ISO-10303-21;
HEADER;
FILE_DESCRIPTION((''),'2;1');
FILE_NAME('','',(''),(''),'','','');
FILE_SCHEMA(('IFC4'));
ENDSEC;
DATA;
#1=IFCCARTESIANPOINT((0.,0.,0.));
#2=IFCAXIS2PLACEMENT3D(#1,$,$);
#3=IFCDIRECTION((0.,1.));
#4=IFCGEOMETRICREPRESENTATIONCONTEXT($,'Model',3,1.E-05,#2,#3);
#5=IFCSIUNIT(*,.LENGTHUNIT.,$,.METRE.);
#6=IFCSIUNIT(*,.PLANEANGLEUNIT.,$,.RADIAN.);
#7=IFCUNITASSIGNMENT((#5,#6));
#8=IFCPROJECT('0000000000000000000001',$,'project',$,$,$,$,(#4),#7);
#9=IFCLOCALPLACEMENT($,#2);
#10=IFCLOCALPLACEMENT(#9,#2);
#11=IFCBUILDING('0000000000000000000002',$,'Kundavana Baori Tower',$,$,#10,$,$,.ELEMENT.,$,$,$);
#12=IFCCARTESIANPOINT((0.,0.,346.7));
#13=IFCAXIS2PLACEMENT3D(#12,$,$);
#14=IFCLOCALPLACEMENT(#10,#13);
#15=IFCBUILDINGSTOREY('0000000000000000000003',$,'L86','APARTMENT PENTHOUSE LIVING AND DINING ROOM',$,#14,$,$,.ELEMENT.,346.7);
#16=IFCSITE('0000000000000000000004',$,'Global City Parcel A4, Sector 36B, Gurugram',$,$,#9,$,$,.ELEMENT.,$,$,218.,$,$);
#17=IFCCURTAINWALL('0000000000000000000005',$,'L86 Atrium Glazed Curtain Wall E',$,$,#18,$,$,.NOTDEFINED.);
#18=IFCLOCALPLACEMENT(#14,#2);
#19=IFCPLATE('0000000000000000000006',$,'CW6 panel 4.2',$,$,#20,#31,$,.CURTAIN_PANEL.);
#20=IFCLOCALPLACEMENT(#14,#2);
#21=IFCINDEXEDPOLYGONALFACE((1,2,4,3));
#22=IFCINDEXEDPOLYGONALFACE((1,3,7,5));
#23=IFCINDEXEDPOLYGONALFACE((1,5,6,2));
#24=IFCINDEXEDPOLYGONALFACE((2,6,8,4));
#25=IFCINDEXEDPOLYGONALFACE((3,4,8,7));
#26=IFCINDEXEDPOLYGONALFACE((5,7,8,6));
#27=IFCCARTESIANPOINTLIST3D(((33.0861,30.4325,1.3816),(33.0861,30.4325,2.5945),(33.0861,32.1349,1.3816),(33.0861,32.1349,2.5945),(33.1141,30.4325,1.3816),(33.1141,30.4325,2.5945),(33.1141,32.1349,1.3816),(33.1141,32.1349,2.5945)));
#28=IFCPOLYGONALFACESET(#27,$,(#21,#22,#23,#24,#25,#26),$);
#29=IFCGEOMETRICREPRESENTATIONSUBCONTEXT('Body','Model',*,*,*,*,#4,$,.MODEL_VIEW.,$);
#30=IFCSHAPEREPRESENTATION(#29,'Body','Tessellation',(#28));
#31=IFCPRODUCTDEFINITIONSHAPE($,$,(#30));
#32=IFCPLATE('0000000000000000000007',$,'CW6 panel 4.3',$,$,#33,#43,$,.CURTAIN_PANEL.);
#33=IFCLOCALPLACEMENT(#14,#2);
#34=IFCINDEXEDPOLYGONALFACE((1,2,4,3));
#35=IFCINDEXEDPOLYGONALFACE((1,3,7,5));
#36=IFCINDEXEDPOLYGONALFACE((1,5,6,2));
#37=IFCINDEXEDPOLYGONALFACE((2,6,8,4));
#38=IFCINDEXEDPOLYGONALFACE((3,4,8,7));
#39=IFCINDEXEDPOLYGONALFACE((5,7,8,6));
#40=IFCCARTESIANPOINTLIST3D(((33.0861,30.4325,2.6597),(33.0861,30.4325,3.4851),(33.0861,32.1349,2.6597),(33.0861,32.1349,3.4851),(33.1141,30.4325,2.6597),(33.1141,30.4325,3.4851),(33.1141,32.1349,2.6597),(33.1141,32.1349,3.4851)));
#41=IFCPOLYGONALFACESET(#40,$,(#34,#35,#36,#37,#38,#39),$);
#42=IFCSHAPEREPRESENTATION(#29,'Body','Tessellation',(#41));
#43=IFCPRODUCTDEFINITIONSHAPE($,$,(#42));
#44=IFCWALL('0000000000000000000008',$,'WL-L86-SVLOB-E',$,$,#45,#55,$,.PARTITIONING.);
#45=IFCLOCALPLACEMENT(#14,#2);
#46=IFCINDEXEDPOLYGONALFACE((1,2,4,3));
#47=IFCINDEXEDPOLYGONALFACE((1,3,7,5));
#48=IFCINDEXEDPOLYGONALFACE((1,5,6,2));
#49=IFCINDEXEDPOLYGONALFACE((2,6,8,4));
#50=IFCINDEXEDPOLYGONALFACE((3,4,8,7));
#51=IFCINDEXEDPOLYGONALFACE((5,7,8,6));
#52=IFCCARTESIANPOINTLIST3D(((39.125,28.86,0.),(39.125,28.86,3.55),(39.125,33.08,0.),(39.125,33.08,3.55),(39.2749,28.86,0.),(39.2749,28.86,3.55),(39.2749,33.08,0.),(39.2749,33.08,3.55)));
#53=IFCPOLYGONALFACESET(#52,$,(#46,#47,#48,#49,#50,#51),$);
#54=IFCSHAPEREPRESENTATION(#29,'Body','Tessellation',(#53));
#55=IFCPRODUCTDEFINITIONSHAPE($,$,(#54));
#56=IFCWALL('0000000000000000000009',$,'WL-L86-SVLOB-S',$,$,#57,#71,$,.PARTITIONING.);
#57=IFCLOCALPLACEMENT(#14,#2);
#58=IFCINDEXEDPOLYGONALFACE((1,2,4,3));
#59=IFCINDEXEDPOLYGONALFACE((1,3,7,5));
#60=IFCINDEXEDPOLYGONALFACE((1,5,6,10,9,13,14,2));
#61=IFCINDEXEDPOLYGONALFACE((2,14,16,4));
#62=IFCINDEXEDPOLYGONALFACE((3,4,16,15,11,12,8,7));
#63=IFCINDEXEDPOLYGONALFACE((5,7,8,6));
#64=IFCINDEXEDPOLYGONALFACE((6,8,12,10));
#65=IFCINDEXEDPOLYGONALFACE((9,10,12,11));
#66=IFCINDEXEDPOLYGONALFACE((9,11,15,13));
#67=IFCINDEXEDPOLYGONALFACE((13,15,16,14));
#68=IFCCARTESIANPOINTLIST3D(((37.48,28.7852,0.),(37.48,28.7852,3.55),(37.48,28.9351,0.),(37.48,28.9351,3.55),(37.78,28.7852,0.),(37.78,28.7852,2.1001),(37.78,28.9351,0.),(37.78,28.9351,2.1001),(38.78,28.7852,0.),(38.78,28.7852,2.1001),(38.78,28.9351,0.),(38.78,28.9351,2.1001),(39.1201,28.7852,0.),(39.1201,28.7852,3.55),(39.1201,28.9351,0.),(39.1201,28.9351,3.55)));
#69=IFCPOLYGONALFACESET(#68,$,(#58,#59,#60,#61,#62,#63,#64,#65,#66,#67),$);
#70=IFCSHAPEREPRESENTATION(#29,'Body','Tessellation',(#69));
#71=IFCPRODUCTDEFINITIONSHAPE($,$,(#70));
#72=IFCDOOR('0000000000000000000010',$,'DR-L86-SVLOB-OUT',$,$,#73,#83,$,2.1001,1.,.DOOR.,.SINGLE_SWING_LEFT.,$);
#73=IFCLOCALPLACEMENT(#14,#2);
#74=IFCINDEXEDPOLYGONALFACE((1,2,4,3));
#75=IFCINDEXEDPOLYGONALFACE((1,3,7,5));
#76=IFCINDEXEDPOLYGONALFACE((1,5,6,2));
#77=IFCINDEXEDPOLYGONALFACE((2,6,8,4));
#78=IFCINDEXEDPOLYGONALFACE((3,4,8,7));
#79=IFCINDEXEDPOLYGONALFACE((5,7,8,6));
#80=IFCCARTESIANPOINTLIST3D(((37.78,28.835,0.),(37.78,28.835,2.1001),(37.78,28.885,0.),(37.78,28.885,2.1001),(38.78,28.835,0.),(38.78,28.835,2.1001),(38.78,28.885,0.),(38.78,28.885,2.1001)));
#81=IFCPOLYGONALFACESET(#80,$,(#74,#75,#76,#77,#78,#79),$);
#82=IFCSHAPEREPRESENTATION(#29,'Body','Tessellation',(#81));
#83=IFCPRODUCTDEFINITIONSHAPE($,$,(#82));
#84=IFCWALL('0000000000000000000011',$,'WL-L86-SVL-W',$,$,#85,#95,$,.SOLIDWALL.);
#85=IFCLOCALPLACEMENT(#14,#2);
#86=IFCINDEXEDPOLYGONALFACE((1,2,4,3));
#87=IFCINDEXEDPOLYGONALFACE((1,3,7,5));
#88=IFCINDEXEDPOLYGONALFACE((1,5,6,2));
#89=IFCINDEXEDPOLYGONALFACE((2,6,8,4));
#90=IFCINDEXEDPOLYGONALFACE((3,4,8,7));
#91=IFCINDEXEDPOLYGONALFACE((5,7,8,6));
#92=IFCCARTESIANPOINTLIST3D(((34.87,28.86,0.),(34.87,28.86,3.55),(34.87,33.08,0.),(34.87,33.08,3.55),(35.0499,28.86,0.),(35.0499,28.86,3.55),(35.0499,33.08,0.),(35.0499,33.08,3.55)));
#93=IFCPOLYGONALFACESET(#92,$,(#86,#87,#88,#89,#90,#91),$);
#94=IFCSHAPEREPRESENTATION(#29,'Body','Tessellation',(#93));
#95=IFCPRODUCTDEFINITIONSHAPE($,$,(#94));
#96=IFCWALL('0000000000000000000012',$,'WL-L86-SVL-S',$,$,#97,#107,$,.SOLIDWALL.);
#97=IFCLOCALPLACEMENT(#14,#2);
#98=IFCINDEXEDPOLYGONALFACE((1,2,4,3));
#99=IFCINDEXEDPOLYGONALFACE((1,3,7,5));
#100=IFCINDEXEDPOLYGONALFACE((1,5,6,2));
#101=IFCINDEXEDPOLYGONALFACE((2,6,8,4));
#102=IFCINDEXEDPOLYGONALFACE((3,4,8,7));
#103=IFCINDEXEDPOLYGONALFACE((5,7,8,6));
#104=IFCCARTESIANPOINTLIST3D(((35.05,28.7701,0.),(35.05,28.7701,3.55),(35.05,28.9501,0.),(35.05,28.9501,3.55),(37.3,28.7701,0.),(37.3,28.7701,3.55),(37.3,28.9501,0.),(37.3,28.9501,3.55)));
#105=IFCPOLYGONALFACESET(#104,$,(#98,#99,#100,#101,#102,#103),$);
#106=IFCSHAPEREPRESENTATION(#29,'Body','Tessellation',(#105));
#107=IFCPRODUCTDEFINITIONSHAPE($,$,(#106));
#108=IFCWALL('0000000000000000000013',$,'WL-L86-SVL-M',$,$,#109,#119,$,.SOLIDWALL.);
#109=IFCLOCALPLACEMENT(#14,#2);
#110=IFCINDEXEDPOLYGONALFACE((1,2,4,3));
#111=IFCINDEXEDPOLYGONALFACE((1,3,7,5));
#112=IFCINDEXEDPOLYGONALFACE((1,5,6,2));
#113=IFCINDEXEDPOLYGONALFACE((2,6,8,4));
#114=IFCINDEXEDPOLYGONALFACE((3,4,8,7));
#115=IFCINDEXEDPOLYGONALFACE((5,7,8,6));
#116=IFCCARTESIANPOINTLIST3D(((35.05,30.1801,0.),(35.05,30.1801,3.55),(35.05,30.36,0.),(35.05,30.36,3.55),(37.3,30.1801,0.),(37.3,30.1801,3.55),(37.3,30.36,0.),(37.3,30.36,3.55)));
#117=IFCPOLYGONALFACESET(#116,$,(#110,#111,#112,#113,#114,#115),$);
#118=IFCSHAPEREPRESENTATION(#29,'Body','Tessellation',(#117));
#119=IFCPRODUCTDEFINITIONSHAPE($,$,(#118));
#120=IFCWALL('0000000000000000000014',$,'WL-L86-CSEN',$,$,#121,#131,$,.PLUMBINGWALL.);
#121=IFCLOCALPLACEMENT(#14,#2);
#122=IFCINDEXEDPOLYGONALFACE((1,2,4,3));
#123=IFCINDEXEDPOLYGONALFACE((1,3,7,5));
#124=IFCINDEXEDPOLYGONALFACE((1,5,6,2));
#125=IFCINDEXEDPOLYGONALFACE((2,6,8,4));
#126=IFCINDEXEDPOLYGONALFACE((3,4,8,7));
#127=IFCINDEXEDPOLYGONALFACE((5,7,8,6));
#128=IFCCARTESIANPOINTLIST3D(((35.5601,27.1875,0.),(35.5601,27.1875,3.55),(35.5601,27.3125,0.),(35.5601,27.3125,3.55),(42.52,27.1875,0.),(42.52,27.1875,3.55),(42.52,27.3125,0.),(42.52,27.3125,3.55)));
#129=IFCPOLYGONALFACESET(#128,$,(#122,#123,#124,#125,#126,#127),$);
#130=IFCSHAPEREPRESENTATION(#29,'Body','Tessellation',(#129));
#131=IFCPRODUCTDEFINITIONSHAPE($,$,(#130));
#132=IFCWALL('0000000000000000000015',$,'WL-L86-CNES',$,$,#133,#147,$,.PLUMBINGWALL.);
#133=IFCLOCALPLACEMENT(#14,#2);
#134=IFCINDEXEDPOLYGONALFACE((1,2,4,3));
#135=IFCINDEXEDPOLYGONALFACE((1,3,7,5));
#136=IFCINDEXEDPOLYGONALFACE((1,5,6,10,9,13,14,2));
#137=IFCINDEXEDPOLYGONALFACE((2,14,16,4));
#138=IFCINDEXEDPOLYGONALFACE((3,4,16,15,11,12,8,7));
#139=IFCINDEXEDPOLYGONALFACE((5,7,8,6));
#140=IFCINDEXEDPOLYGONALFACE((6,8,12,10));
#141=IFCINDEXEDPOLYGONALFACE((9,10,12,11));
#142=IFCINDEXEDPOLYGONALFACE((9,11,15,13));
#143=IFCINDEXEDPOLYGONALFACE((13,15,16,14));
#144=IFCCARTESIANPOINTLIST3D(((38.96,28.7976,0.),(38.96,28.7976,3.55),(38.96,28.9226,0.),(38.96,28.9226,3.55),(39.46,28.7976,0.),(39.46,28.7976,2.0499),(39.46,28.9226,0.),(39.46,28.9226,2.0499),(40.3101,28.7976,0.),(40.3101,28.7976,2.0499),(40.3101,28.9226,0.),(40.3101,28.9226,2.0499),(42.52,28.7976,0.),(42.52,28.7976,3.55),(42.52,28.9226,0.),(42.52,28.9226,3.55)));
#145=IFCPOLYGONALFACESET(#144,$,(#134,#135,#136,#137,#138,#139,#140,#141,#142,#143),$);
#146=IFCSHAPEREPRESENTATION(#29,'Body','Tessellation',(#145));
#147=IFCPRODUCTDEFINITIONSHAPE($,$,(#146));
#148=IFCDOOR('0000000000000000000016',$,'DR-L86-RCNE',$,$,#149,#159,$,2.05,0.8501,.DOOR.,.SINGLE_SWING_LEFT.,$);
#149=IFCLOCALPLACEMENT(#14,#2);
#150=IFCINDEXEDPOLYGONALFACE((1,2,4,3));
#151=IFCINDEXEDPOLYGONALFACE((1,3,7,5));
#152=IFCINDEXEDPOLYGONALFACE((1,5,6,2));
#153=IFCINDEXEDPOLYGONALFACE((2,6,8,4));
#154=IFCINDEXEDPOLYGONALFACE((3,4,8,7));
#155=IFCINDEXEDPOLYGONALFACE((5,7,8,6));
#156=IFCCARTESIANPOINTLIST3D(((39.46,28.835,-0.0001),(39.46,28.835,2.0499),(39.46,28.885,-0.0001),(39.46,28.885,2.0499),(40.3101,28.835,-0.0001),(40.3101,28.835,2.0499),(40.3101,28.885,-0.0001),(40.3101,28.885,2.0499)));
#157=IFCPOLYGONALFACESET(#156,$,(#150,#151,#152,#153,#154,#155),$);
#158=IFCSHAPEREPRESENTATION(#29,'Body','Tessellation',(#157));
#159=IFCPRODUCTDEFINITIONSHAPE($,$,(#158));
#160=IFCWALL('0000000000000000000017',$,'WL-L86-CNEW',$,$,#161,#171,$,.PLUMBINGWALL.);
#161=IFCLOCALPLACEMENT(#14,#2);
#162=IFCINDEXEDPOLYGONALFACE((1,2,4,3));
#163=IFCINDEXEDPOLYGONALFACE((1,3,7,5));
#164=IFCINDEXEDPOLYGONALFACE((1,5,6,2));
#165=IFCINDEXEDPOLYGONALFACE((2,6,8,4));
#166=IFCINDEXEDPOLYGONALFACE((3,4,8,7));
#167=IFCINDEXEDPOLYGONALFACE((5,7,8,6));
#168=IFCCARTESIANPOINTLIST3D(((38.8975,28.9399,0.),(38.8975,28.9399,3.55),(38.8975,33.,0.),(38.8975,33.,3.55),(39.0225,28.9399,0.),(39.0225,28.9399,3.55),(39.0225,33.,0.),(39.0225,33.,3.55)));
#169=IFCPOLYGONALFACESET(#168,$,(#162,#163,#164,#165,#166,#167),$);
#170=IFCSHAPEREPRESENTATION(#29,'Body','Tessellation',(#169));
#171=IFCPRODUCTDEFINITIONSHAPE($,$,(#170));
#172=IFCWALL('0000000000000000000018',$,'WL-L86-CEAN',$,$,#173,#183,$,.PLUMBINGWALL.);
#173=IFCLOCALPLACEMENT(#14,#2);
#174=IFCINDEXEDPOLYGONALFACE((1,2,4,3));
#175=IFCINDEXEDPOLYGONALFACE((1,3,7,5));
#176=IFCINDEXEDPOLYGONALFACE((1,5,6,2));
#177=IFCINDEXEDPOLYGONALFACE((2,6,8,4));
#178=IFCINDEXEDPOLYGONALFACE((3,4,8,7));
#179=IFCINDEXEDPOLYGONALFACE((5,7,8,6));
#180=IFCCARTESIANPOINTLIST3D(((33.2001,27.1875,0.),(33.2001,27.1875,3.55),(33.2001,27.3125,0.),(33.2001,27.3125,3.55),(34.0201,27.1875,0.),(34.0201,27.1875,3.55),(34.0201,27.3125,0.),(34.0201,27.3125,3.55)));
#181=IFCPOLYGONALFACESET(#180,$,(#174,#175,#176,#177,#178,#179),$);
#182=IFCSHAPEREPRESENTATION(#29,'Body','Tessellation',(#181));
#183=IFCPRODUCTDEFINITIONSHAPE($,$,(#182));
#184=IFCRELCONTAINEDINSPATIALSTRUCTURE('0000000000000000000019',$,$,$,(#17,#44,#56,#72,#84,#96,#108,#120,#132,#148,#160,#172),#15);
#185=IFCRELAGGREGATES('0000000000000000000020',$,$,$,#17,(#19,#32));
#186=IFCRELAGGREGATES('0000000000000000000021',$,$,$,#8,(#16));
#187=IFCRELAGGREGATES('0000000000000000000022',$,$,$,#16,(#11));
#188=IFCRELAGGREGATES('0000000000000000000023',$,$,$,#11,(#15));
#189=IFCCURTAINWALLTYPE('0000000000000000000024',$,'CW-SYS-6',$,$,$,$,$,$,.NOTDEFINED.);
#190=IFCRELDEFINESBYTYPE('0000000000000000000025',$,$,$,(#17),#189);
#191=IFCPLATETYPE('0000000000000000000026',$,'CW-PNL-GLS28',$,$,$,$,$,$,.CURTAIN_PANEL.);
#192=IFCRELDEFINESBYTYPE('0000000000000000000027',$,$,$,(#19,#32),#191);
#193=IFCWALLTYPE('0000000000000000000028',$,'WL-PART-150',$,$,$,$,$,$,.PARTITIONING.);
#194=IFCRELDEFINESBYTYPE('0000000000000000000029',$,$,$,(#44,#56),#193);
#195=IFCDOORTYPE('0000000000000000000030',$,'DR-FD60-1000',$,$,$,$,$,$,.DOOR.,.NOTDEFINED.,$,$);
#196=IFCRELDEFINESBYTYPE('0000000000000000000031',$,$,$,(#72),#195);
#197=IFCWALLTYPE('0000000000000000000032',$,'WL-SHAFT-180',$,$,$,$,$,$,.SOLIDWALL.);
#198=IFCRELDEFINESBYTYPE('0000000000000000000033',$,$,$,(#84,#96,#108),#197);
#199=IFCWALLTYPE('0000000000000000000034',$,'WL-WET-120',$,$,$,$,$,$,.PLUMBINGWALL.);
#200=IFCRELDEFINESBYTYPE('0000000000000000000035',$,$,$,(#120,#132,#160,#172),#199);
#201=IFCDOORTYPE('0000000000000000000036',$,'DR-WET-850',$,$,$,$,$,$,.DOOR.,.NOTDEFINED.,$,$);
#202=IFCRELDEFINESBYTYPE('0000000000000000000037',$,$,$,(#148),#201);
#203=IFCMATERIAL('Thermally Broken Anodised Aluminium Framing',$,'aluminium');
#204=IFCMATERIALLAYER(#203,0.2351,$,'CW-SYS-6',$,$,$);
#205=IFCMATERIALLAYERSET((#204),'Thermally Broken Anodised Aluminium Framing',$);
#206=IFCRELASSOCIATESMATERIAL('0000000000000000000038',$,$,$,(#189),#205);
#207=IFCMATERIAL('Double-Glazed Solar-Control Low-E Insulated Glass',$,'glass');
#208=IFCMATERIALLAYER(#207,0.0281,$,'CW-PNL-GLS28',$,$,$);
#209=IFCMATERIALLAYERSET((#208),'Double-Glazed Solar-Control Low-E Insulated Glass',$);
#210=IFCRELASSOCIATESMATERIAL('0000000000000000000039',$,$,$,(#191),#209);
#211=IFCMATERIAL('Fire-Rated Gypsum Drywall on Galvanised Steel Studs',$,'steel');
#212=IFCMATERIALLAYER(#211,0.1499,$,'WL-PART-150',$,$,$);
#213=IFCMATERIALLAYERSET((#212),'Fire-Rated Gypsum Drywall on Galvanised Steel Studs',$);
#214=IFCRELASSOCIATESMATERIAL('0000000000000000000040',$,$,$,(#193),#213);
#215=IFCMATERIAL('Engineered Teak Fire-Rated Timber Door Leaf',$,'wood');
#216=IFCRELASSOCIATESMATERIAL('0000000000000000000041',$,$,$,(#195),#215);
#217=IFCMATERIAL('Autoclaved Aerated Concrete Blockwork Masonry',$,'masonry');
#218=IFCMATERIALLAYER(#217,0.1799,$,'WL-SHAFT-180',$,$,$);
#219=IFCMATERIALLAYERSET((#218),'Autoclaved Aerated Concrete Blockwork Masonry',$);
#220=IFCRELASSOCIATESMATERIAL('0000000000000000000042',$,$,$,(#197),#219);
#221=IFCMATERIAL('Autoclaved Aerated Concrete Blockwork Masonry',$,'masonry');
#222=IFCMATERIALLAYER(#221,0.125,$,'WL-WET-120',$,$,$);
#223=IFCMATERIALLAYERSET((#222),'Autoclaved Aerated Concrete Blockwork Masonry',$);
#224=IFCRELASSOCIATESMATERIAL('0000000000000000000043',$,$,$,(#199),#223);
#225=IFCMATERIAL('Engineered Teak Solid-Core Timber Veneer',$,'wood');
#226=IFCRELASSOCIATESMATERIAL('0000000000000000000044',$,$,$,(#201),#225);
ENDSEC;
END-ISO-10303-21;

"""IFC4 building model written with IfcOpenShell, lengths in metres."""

from ifc_helpers import new_model, si_unit, direction, frame, frame_2d, origin, origin_2d, place, context, subcontext, project, spatial, rectangle, extrude, material, layer, layer_set, type_object, element, fill, aggregate, save


model = new_model("IFC4")

# Units and contexts
model_context = context("Model", 3, precision=1e-05, world=origin(), true_north=direction((0.0, 1.0)))
body_context = subcontext(model_context, "Body", "Model", "MODEL_VIEW")
ifc_project = project(units=[si_unit("LENGTHUNIT", "METRE"), si_unit("PLANEANGLEUNIT", "RADIAN")], contexts=[model_context])

# Site, building, storey
site_placement = place(None, origin())
site = spatial("IfcSite", under=ifc_project, at=site_placement, Name="Global City Parcel A4, Sector 36B, Gurugram", CompositionType="ELEMENT", RefElevation=218.0)
building_placement = place(site_placement, origin())
building = spatial("IfcBuilding", under=site, at=building_placement, Name="Kundavana Baori Tower", CompositionType="ELEMENT")
storey_placement = place(building_placement, frame((0.0, 0.0, 346.7)))
storey = spatial("IfcBuildingStorey", under=building, at=storey_placement, Name="L86", Description="APARTMENT PENTHOUSE LIVING AND DINING ROOM", CompositionType="ELEMENT", Elevation=346.7)

# Curtain wall, plates
ifc_material_1 = material(Name="Thermally Broken Anodised Aluminium Framing", Category="aluminium")
ifc_layer_1 = layer(ifc_material_1, 0.2351, Name="CW-SYS-6")
ifc_layer_set_1 = layer_set([ifc_layer_1], Name="Thermally Broken Anodised Aluminium Framing")
curtain_wall_type = type_object("IfcCurtainWallType", Name="CW-SYS-6", PredefinedType="NOTDEFINED", material=ifc_layer_set_1)
curtain_wall_placement = place(storey_placement, origin())
curtain_wall = element("IfcCurtainWall", 1, at=curtain_wall_placement, inside=storey, type_object=curtain_wall_type, Name="L86 Atrium Glazed Curtain Wall E", PredefinedType="NOTDEFINED")
ifc_material_2 = material(Name="Double-Glazed Solar-Control Low-E Insulated Glass", Category="glass")
ifc_layer_2 = layer(ifc_material_2, 0.0281, Name="CW-PNL-GLS28")
ifc_layer_set_2 = layer_set([ifc_layer_2], Name="Double-Glazed Solar-Control Low-E Insulated Glass")
plate_type = type_object("IfcPlateType", Name="CW-PNL-GLS28", PredefinedType="CURTAIN_PANEL", material=ifc_layer_set_2)
plate_1_placement = place(storey_placement, frame((33.1001, 31.2837, 1.3816), z_axis=(0.0, 0.0, 1.0), x_axis=(0.0, 1.0, 0.0)))
plate_1 = element("IfcPlate", 2, at=plate_1_placement, type_object=plate_type, Name="CW6 panel 4.2", PredefinedType="CURTAIN_PANEL", context=body_context, shape_type="SweptSolid", body=[
    extrude(rectangle(XDim=1.7024, YDim=0.0281, at=origin_2d()), origin(), (0.0, 0.0, 1.0), 1.2129),
])
plate_2_placement = place(storey_placement, frame((33.1001, 31.2837, 2.6597), z_axis=(0.0, 0.0, 1.0), x_axis=(0.0, 1.0, 0.0)))
plate_2 = element("IfcPlate", 3, at=plate_2_placement, type_object=plate_type, Name="CW6 panel 4.3", PredefinedType="CURTAIN_PANEL", context=body_context, shape_type="SweptSolid", body=[
    extrude(rectangle(XDim=1.7024, YDim=0.0281, at=origin_2d()), origin(), (0.0, 0.0, 1.0), 0.8254),
])
aggregate(curtain_wall, [plate_1, plate_2])

# Wall
ifc_material_3 = material(Name="Fire-Rated Gypsum Drywall on Galvanised Steel Studs", Category="steel")
ifc_layer_3 = layer(ifc_material_3, 0.1499, Name="WL-PART-150")
ifc_layer_set_3 = layer_set([ifc_layer_3], Name="Fire-Rated Gypsum Drywall on Galvanised Steel Studs")
wall_type_1 = type_object("IfcWallType", Name="WL-PART-150", PredefinedType="PARTITIONING", material=ifc_layer_set_3)
wall_1_placement = place(storey_placement, frame((39.2, 28.8601, 0.0), z_axis=(0.0, 0.0, 1.0), x_axis=(0.0, 1.0, 0.0)))
element("IfcWall", 4, at=wall_1_placement, inside=storey, type_object=wall_type_1, Name="WL-L86-SVLOB-E", PredefinedType="PARTITIONING", context=body_context, shape_type="SweptSolid", body=[
    extrude(rectangle(XDim=4.22, YDim=0.1499, at=frame_2d((2.1099, 0.0))), origin(), (0.0, 0.0, 1.0), 3.55),
])

# Wall, opening, door
wall_2_placement = place(storey_placement, frame((37.48, 28.8601, 0.0), z_axis=(0.0, 0.0, 1.0), x_axis=(1.0, 0.0, 0.0)))
wall_2 = element("IfcWall", 5, at=wall_2_placement, inside=storey, type_object=wall_type_1, Name="WL-L86-SVLOB-S", PredefinedType="PARTITIONING", context=body_context, shape_type="SweptSolid", body=[
    extrude(rectangle(XDim=1.6401, YDim=0.1499, at=frame_2d((0.8201, 0.0))), origin(), (0.0, 0.0, 1.0), 3.55),
])
opening_1_placement = place(wall_2_placement, frame((0.3, 0.0, 0.0)))
opening_1 = element("IfcOpeningElement", 6, at=opening_1_placement, cuts=wall_2, PredefinedType="OPENING", context=body_context, shape_type="SweptSolid", body=[
    extrude(rectangle(XDim=1.0, YDim=2.1001, at=frame_2d((0.5, 1.05))), frame((0.0, 0.085, 0.0), z_axis=(0.0, -1.0, 0.0), x_axis=(1.0, 0.0, 0.0)), (0.0, 0.0, 1.0), 0.1699),
])
ifc_material_4 = material(Name="Engineered Teak Fire-Rated Timber Door Leaf", Category="wood")
door_type_1 = type_object("IfcDoorType", Name="DR-FD60-1000", OperationType="NOTDEFINED", PredefinedType="DOOR", material=ifc_material_4)
door_1_placement = place(opening_1_placement, origin())
door_1 = element("IfcDoor", 7, at=door_1_placement, inside=storey, type_object=door_type_1, Name="DR-L86-SVLOB-OUT", OperationType="SINGLE_SWING_LEFT", OverallHeight=2.1001, OverallWidth=1.0, PredefinedType="DOOR", context=body_context, shape_type="SweptSolid", body=[
    extrude(rectangle(XDim=1.0, YDim=2.1001, at=frame_2d((0.5, 1.05))), frame((0.0, 0.0249, 0.0), z_axis=(0.0, -1.0, 0.0), x_axis=(1.0, 0.0, 0.0)), (0.0, 0.0, 1.0), 0.05),
])
fill(opening_1, door_1)

# Wall
ifc_material_5 = material(Name="Autoclaved Aerated Concrete Blockwork Masonry", Category="masonry")
ifc_layer_4 = layer(ifc_material_5, 0.1799, Name="WL-SHAFT-180")
ifc_layer_set_4 = layer_set([ifc_layer_4], Name="Autoclaved Aerated Concrete Blockwork Masonry")
wall_type_2 = type_object("IfcWallType", Name="WL-SHAFT-180", PredefinedType="SOLIDWALL", material=ifc_layer_set_4)
wall_3_placement = place(storey_placement, frame((34.96, 28.8601, 0.0), z_axis=(0.0, 0.0, 1.0), x_axis=(0.0, 1.0, 0.0)))
element("IfcWall", 8, at=wall_3_placement, inside=storey, type_object=wall_type_2, Name="WL-L86-SVL-W", PredefinedType="SOLIDWALL", context=body_context, shape_type="SweptSolid", body=[
    extrude(rectangle(XDim=4.22, YDim=0.1799, at=frame_2d((2.1099, 0.0))), origin(), (0.0, 0.0, 1.0), 3.55),
])

# Walls
for number, where, z_axis, x_axis, name in (
    (9, (35.05, 28.8601, 0.0), (0.0, 0.0, 1.0), (1.0, 0.0, 0.0), "WL-L86-SVL-S"),
    (10, (35.05, 30.27, 0.0), (0.0, 0.0, 1.0), (1.0, 0.0, 0.0), "WL-L86-SVL-M"),
):
    element("IfcWall", number, at=place(storey_placement, frame(where, z_axis=z_axis, x_axis=x_axis)), inside=storey, type_object=wall_type_2, Name=name, PredefinedType="SOLIDWALL", context=body_context, shape_type="SweptSolid", body=[
        extrude(rectangle(XDim=2.25, YDim=0.1799, at=frame_2d((1.125, 0.0))), origin(), (0.0, 0.0, 1.0), 3.55),
    ])
ifc_material_6 = material(Name="Autoclaved Aerated Concrete Blockwork Masonry", Category="masonry")
ifc_layer_5 = layer(ifc_material_6, 0.125, Name="WL-WET-120")
ifc_layer_set_5 = layer_set([ifc_layer_5], Name="Autoclaved Aerated Concrete Blockwork Masonry")
wall_type_3 = type_object("IfcWallType", Name="WL-WET-120", PredefinedType="PLUMBINGWALL", material=ifc_layer_set_5)
wall_4_placement = place(storey_placement, frame((35.5601, 27.25, 0.0), z_axis=(0.0, 0.0, 1.0), x_axis=(1.0, 0.0, 0.0)))
element("IfcWall", 11, at=wall_4_placement, inside=storey, type_object=wall_type_3, Name="WL-L86-CSEN", PredefinedType="PLUMBINGWALL", context=body_context, shape_type="SweptSolid", body=[
    extrude(rectangle(XDim=6.96, YDim=0.125, at=frame_2d((3.48, 0.0))), origin(), (0.0, 0.0, 1.0), 3.55),
])

# Wall, opening, door
wall_5_placement = place(storey_placement, frame((38.96, 28.8601, 0.0), z_axis=(0.0, 0.0, 1.0), x_axis=(1.0, 0.0, 0.0)))
wall_5 = element("IfcWall", 12, at=wall_5_placement, inside=storey, type_object=wall_type_3, Name="WL-L86-CNES", PredefinedType="PLUMBINGWALL", context=body_context, shape_type="SweptSolid", body=[
    extrude(rectangle(XDim=3.5601, YDim=0.125, at=frame_2d((1.78, 0.0))), origin(), (0.0, 0.0, 1.0), 3.55),
])
opening_2_placement = place(wall_5_placement, frame((0.5, 0.0, 0.0)))
opening_2 = element("IfcOpeningElement", 13, at=opening_2_placement, cuts=wall_5, PredefinedType="OPENING", context=body_context, shape_type="SweptSolid", body=[
    extrude(rectangle(XDim=0.8501, YDim=2.05, at=frame_2d((0.425, 1.0249))), frame((0.0, 0.0725, 0.0), z_axis=(0.0, -1.0, 0.0), x_axis=(1.0, 0.0, 0.0)), (0.0, 0.0, 1.0), 0.145),
])
ifc_material_7 = material(Name="Engineered Teak Solid-Core Timber Veneer", Category="wood")
door_type_2 = type_object("IfcDoorType", Name="DR-WET-850", OperationType="NOTDEFINED", PredefinedType="DOOR", material=ifc_material_7)
door_2_placement = place(opening_2_placement, origin())
door_2 = element("IfcDoor", 14, at=door_2_placement, inside=storey, type_object=door_type_2, Name="DR-L86-RCNE", OperationType="SINGLE_SWING_LEFT", OverallHeight=2.05, OverallWidth=0.8501, PredefinedType="DOOR", context=body_context, shape_type="SweptSolid", body=[
    extrude(rectangle(XDim=0.8501, YDim=2.05, at=frame_2d((0.425, 1.0249))), frame((0.0, 0.0249, 0.0), z_axis=(0.0, -1.0, 0.0), x_axis=(1.0, 0.0, 0.0)), (0.0, 0.0, 1.0), 0.05),
])
fill(opening_2, door_2)

# Walls
wall_6_placement = place(storey_placement, frame((38.96, 28.9399, 0.0), z_axis=(0.0, 0.0, 1.0), x_axis=(0.0, 1.0, 0.0)))
element("IfcWall", 15, at=wall_6_placement, inside=storey, type_object=wall_type_3, Name="WL-L86-CNEW", PredefinedType="PLUMBINGWALL", context=body_context, shape_type="SweptSolid", body=[
    extrude(rectangle(XDim=4.0601, YDim=0.125, at=frame_2d((2.03, 0.0))), origin(), (0.0, 0.0, 1.0), 3.55),
])
wall_7_placement = place(storey_placement, frame((33.2, 27.25, 0.0), z_axis=(0.0, 0.0, 1.0), x_axis=(1.0, 0.0, 0.0)))
element("IfcWall", 16, at=wall_7_placement, inside=storey, type_object=wall_type_3, Name="WL-L86-CEAN", PredefinedType="PLUMBINGWALL", context=body_context, shape_type="SweptSolid", body=[
    extrude(rectangle(XDim=0.8201, YDim=0.125, at=frame_2d((0.4102, 0.0))), origin(), (0.0, 0.0, 1.0), 3.55),
])

save(model, "model.ifc")
